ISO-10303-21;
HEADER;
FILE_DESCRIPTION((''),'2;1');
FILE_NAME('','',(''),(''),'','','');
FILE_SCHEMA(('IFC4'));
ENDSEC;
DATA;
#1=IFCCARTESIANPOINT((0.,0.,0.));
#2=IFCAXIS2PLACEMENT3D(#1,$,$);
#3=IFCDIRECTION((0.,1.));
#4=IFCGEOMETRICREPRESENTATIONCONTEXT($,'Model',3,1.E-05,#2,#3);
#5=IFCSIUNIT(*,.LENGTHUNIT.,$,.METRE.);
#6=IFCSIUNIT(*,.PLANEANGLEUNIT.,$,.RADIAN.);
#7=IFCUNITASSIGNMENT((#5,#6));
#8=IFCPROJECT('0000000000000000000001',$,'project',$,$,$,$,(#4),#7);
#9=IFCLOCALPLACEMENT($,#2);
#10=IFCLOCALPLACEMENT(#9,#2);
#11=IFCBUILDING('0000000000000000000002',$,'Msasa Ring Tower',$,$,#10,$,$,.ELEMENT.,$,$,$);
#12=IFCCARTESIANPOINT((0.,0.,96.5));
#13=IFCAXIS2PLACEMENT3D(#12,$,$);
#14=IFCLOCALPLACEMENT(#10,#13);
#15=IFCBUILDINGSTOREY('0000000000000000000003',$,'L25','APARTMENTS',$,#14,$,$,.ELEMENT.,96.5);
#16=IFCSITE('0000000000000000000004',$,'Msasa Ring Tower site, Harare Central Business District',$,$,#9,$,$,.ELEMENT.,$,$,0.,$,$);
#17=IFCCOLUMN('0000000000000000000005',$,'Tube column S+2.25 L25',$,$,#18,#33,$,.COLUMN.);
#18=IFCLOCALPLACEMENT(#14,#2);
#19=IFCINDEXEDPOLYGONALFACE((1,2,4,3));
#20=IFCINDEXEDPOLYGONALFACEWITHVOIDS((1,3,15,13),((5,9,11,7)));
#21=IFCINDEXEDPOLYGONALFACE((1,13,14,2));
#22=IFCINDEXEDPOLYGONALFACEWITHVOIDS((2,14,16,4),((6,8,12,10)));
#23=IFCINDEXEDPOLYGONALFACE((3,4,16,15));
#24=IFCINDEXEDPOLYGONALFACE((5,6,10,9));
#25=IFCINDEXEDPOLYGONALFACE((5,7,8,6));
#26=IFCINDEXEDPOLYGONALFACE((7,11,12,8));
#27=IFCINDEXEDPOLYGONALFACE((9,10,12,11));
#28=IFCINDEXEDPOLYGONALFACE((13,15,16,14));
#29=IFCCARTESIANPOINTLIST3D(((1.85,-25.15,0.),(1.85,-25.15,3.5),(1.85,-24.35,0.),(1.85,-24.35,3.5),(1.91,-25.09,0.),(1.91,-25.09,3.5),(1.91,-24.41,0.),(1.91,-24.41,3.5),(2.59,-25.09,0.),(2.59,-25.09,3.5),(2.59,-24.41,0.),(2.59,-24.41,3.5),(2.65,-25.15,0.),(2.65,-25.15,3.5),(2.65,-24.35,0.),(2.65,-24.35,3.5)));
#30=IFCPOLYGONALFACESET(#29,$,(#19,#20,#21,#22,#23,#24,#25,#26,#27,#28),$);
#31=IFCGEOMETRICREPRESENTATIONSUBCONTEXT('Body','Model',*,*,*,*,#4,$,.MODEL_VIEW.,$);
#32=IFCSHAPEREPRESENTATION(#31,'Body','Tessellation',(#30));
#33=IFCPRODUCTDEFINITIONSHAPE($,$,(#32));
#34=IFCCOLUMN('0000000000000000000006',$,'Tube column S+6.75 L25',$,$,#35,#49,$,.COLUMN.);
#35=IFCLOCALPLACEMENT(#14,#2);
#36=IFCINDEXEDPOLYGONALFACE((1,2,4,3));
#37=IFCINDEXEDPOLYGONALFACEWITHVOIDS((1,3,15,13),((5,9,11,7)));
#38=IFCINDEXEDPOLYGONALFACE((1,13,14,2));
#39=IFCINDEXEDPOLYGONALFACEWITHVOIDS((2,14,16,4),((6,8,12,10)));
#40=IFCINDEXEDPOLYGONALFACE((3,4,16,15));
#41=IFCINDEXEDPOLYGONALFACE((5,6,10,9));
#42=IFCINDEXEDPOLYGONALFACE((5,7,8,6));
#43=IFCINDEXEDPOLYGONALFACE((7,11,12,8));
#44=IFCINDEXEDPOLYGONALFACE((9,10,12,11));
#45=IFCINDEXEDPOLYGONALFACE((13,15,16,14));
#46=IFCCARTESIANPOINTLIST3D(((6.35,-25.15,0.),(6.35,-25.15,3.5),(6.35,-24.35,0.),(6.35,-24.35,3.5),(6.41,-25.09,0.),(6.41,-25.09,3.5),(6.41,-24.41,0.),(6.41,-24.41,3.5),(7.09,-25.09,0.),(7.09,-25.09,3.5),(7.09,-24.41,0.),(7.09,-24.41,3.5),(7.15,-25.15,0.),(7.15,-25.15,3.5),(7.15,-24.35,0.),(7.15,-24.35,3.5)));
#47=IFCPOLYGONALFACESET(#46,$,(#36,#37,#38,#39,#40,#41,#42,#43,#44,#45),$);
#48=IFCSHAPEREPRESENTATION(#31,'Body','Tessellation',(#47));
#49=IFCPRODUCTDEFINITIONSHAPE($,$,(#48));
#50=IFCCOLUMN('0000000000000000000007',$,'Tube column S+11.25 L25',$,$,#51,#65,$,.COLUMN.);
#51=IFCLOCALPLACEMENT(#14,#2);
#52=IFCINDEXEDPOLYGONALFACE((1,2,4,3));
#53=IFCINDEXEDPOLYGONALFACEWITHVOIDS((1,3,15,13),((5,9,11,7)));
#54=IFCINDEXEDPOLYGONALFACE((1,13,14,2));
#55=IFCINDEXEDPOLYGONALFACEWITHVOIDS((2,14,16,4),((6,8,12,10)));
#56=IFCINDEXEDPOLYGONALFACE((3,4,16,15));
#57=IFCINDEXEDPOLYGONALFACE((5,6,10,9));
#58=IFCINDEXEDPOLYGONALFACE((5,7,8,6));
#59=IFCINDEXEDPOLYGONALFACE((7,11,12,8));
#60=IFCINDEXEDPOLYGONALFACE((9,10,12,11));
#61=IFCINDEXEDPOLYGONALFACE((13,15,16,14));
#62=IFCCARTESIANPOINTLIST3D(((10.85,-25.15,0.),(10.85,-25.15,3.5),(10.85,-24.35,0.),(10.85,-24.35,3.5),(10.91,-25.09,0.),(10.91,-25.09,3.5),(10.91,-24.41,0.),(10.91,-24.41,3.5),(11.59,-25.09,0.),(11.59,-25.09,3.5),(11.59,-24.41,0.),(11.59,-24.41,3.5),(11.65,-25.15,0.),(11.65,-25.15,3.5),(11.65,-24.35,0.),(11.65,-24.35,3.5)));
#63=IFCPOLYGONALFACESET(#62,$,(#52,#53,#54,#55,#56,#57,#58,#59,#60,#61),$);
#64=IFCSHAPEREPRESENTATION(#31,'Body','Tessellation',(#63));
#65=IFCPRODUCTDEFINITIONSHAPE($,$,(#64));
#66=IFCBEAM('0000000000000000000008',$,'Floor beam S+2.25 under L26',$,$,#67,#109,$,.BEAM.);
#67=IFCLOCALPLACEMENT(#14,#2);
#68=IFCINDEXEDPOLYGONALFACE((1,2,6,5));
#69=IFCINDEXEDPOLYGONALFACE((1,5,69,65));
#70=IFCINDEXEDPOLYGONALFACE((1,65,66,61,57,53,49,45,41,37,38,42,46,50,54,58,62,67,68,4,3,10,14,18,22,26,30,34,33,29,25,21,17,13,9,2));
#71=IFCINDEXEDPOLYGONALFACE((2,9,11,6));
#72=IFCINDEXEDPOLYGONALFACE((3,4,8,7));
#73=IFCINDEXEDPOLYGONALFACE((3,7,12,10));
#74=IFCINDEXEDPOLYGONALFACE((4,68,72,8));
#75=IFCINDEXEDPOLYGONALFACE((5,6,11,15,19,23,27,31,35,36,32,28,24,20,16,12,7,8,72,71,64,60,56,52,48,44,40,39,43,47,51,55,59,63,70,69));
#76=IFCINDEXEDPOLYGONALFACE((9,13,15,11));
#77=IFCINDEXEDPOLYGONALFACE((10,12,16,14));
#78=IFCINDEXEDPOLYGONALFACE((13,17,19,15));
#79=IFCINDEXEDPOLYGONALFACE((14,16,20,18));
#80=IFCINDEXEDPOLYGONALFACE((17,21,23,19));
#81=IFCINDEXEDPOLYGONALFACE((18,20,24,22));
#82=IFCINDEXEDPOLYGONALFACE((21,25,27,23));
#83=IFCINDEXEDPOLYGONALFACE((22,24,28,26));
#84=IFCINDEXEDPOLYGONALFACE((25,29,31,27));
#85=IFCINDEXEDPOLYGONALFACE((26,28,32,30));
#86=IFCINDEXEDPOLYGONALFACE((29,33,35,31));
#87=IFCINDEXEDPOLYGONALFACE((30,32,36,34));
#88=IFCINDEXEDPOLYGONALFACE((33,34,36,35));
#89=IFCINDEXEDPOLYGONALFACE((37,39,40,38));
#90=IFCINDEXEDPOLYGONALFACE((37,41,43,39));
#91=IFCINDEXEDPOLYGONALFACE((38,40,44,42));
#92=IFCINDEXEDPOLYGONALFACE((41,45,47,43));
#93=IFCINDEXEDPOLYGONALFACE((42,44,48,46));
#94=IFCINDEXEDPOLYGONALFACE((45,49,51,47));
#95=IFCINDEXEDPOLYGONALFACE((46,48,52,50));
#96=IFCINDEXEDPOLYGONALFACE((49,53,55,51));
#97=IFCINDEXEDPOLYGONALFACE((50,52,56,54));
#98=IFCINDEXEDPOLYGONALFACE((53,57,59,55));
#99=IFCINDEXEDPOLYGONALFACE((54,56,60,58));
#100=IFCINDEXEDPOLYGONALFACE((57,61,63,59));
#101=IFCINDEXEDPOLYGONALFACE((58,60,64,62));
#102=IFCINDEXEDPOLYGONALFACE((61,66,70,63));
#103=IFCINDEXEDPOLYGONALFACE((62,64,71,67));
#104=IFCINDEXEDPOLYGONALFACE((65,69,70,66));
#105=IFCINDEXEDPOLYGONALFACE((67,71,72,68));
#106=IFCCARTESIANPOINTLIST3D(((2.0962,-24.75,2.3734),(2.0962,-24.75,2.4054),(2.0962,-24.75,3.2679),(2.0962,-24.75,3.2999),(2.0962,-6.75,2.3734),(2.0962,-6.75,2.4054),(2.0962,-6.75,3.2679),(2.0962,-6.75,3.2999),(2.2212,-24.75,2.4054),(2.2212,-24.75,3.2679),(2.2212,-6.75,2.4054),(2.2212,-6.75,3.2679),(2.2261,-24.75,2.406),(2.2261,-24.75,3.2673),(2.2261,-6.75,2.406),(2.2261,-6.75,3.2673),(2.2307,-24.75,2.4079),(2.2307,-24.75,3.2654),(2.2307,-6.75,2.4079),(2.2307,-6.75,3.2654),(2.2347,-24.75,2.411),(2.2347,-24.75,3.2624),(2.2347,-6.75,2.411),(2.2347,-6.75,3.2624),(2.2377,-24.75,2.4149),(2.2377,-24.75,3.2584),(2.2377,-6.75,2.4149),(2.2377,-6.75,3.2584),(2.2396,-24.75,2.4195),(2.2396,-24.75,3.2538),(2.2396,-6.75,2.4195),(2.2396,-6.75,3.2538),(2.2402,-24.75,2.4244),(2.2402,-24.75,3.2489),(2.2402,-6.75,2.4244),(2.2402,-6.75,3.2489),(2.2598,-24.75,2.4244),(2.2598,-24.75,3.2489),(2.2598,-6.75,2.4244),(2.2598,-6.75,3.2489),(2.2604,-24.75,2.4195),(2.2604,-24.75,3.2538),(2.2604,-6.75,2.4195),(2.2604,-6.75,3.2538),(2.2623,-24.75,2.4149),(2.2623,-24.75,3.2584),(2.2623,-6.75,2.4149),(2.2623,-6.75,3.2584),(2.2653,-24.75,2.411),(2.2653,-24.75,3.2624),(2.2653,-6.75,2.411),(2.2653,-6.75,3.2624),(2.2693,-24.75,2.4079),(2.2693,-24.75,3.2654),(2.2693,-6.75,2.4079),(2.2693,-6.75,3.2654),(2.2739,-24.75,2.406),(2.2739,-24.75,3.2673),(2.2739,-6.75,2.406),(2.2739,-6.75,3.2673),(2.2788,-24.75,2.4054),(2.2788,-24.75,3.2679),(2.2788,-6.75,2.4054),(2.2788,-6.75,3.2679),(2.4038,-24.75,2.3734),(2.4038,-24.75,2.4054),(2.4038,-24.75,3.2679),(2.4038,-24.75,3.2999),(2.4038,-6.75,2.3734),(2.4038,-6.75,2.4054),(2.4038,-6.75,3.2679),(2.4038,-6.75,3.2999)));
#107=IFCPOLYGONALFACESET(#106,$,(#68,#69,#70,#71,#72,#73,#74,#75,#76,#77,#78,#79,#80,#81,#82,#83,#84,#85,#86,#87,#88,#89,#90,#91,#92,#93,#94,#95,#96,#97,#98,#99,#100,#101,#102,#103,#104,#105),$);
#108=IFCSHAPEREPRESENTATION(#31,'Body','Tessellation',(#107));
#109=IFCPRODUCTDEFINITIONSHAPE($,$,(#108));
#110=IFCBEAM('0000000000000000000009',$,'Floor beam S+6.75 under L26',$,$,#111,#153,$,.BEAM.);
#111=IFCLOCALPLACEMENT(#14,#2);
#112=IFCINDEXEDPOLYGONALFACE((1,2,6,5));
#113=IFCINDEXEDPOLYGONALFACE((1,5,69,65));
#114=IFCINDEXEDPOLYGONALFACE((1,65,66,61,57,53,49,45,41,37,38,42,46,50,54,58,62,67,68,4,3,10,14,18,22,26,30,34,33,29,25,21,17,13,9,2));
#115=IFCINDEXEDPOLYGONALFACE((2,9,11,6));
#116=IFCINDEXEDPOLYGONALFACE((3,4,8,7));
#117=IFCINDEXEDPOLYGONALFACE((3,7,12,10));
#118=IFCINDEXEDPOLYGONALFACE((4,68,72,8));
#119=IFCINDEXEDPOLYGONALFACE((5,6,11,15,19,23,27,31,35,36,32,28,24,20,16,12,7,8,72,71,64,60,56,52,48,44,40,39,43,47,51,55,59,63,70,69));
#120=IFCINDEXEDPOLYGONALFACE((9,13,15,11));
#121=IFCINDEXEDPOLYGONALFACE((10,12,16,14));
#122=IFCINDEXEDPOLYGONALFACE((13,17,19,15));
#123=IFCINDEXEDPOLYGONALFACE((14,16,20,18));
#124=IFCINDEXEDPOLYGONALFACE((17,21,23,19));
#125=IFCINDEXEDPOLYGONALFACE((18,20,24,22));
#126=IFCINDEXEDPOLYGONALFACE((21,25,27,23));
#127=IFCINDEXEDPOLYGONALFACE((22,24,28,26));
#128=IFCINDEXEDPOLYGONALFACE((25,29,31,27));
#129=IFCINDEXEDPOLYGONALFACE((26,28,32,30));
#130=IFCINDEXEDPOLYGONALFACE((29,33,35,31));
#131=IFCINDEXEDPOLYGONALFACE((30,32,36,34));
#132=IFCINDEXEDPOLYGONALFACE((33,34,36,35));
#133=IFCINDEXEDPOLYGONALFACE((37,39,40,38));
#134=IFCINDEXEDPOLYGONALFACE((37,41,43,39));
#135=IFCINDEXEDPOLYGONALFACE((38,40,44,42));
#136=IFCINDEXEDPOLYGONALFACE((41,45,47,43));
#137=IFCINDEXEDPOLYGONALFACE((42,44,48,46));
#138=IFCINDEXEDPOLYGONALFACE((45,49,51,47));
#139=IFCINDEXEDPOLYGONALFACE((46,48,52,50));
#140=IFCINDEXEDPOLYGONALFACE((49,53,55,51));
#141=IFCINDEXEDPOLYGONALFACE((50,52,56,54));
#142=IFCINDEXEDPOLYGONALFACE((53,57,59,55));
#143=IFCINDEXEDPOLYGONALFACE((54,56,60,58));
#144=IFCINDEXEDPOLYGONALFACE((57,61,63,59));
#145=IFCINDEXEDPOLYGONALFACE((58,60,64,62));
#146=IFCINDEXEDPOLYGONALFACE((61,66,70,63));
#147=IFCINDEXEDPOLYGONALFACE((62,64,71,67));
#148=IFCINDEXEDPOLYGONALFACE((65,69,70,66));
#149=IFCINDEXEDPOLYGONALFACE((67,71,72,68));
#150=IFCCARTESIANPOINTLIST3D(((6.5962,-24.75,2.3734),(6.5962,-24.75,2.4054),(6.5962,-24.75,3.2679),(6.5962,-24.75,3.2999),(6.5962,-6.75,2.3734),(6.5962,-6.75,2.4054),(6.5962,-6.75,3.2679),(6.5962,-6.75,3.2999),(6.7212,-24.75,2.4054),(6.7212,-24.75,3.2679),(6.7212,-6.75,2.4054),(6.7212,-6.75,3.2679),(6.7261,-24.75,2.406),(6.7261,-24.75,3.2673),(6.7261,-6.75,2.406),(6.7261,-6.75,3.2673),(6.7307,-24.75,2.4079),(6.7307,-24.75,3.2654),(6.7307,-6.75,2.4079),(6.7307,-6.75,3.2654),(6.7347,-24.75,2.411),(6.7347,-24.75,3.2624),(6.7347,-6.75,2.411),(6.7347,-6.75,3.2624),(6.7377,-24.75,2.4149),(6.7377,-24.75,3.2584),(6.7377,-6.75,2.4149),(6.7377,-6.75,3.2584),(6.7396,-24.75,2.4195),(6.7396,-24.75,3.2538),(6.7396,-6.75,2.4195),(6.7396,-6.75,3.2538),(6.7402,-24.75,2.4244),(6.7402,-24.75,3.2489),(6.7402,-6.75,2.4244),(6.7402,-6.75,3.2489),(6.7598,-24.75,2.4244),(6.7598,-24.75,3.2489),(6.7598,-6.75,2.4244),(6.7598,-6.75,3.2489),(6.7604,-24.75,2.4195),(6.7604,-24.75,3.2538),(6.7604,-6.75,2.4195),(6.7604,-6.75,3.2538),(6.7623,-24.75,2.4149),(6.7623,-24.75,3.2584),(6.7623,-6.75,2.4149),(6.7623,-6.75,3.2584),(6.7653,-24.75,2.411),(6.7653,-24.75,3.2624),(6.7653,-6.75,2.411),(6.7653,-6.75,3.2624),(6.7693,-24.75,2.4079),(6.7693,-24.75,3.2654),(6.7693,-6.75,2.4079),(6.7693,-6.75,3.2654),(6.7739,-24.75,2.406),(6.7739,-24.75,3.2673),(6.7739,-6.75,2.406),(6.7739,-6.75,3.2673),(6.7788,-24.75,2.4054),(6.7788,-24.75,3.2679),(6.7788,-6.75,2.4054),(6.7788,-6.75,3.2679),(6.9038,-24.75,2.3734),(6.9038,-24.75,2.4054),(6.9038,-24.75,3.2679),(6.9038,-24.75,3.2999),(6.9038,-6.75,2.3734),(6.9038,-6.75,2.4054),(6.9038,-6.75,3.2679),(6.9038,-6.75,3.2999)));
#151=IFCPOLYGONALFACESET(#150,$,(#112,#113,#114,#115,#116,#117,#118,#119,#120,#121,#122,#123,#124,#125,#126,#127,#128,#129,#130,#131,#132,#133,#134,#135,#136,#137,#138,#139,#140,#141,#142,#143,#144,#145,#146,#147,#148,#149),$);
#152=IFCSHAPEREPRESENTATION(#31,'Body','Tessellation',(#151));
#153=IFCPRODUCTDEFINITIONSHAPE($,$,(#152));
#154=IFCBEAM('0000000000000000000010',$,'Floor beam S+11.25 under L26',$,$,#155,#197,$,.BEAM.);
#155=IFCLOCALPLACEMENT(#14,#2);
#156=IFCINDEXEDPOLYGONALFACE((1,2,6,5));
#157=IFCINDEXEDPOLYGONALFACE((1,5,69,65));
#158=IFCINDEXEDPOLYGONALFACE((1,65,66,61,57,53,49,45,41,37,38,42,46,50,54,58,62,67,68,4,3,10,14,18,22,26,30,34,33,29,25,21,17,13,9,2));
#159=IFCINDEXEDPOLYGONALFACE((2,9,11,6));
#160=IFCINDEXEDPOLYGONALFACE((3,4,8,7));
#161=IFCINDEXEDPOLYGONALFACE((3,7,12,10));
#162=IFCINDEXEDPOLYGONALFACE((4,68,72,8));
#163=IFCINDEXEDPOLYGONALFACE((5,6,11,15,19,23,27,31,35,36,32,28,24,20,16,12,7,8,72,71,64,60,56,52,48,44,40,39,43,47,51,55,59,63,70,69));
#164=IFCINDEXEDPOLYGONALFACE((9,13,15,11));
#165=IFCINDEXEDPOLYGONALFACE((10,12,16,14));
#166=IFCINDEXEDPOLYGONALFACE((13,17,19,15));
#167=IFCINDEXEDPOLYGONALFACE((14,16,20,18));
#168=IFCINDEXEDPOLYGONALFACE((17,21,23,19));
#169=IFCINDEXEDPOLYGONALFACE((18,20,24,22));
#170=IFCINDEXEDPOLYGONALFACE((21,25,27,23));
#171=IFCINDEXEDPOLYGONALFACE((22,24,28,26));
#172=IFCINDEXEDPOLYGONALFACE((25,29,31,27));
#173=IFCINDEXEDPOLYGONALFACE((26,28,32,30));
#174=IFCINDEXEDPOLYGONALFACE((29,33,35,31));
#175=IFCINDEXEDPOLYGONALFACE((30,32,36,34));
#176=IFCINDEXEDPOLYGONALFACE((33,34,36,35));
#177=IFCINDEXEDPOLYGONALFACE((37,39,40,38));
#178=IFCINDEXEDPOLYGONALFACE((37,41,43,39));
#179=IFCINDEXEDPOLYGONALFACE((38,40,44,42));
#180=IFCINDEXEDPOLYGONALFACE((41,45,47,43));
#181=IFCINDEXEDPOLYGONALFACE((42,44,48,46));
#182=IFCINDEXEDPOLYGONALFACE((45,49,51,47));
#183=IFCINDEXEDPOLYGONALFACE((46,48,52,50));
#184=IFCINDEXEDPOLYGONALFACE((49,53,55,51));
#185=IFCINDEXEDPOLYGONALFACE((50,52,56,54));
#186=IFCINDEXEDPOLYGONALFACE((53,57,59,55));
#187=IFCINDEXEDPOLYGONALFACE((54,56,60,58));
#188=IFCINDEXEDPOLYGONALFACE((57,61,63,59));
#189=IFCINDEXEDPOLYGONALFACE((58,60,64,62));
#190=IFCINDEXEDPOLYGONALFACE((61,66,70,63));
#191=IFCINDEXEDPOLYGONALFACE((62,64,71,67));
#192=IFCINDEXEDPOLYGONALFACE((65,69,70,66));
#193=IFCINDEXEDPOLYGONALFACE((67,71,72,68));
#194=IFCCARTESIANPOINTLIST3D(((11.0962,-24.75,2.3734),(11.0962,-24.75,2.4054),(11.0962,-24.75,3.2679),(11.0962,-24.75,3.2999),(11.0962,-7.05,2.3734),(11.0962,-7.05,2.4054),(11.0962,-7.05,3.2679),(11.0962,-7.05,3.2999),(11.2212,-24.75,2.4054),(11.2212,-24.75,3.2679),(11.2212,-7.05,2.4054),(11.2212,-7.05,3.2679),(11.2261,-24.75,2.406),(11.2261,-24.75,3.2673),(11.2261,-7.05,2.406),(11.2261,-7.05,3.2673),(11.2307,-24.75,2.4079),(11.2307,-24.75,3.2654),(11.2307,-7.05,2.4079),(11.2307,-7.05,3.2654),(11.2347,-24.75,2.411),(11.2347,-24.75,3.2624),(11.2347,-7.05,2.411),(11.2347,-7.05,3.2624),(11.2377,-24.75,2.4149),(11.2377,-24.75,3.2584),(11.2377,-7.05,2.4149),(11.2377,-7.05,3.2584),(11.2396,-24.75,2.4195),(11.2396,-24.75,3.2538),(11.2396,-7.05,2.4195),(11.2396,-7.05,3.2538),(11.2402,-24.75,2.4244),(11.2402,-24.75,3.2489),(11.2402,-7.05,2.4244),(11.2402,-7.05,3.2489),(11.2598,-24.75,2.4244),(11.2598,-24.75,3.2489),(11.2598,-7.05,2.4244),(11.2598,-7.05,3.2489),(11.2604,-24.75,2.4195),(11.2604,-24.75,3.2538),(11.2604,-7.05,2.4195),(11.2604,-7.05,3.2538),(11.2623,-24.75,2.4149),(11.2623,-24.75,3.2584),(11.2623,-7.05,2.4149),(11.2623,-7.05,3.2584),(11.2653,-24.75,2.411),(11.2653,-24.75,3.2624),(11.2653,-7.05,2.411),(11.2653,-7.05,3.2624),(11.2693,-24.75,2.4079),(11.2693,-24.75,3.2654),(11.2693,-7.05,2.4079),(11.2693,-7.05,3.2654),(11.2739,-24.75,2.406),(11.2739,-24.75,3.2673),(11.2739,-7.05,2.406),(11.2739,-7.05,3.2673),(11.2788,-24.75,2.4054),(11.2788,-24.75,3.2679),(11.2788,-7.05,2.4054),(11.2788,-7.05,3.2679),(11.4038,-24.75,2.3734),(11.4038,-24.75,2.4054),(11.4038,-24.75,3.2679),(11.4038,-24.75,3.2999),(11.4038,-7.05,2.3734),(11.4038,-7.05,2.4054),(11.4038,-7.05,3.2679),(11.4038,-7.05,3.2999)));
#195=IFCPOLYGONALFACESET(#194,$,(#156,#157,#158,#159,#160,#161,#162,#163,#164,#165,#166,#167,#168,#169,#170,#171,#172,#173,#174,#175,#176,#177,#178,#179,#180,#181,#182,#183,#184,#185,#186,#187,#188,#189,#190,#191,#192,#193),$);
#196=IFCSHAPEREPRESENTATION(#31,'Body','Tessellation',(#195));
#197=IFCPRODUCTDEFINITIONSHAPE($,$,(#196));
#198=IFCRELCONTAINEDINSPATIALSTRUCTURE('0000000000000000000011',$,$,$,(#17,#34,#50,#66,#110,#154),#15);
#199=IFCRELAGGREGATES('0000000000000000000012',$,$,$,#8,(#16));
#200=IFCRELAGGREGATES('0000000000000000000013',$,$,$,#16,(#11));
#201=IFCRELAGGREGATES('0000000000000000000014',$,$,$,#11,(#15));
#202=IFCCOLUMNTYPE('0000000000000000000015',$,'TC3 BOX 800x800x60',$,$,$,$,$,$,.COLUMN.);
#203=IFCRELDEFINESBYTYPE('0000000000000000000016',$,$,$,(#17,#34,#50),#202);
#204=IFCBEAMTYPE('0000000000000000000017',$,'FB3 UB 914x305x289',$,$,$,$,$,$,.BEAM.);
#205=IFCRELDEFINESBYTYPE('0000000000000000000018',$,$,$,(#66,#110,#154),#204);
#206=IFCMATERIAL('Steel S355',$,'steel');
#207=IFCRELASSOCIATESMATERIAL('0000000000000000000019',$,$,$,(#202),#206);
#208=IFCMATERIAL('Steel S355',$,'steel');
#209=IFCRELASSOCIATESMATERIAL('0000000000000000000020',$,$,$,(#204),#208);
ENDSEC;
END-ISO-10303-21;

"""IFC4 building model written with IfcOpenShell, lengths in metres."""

from ifc_helpers import new_model, si_unit, direction, frame, origin, origin_2d, place, context, subcontext, project, spatial, hollow_rectangle, i_section, extrude, material, material_profile, profile_set, type_object, element, save


model = new_model("IFC4")

# Units and contexts
model_context = context("Model", 3, precision=1e-05, world=origin(), true_north=direction((0.0, 1.0)))
body_context = subcontext(model_context, "Body", "Model", "MODEL_VIEW")
ifc_project = project(units=[si_unit("LENGTHUNIT", "METRE"), si_unit("PLANEANGLEUNIT", "RADIAN")], contexts=[model_context])

# Site, building, storey
site_placement = place(None, origin())
site = spatial("IfcSite", under=ifc_project, at=site_placement, Name="Msasa Ring Tower site, Harare Central Business District", CompositionType="ELEMENT", RefElevation=0.0)
building_placement = place(site_placement, origin())
building = spatial("IfcBuilding", under=site, at=building_placement, Name="Msasa Ring Tower", CompositionType="ELEMENT")
storey_placement = place(building_placement, frame((0.0, 0.0, 96.5)))
storey = spatial("IfcBuildingStorey", under=building, at=storey_placement, Name="L25", Description="APARTMENTS", CompositionType="ELEMENT", Elevation=96.5)

# Columns
ifc_material_1 = material(Name="Steel S355", Category="steel")
ifc_material_profile_1 = material_profile(ifc_material_1, hollow_rectangle(XDim=0.8, YDim=0.8, WallThickness=0.0601, at=origin_2d()), Name="BOX 800x800x60")
ifc_profile_set_1 = profile_set([ifc_material_profile_1], Name="Steel S355")
column_type = type_object("IfcColumnType", Name="TC3 BOX 800x800x60", PredefinedType="COLUMN", material=ifc_profile_set_1)
for number, where, z_axis, x_axis, name in (
    (1, (2.25, -24.75, 0.0), (0.0, 0.0, 1.0), (0.0, 1.0, 0.0), "Tube column S+2.25 L25"),
    (2, (6.75, -24.75, 0.0), (0.0, 0.0, 1.0), (0.0, 1.0, 0.0), "Tube column S+6.75 L25"),
    (3, (11.25, -24.75, 0.0), (0.0, 0.0, 1.0), (0.0, 1.0, 0.0), "Tube column S+11.25 L25"),
):
    element("IfcColumn", number, at=place(storey_placement, frame(where, z_axis=z_axis, x_axis=x_axis)), inside=storey, type_object=column_type, Name=name, PredefinedType="COLUMN", context=body_context, shape_type="SweptSolid", body=[
        extrude(hollow_rectangle(XDim=0.8, YDim=0.8, WallThickness=0.0601, at=origin_2d()), origin(), (0.0, 0.0, 1.0), 3.5),
    ])

# Beams
ifc_material_2 = material(Name="Steel S355", Category="steel")
ifc_material_profile_2 = material_profile(ifc_material_2, i_section(OverallWidth=0.3076, OverallDepth=0.9265, WebThickness=0.0195, FlangeThickness=0.032, FilletRadius=0.019, at=origin_2d()), Name="UB 914x305x289")
ifc_profile_set_2 = profile_set([ifc_material_profile_2], Name="Steel S355")
beam_type_1 = type_object("IfcBeamType", Name="FB3 UB 914x305x289", PredefinedType="BEAM", material=ifc_profile_set_2)
for number, where, z_axis, x_axis, name in (
    (4, (2.25, -24.75, 2.8367), (0.0, 1.0, 0.0), (-1.0, 0.0, 0.0), "Floor beam S+2.25 under L26"),
    (5, (6.75, -24.75, 2.8367), (0.0, 1.0, 0.0), (-1.0, 0.0, 0.0), "Floor beam S+6.75 under L26"),
):
    element("IfcBeam", number, at=place(storey_placement, frame(where, z_axis=z_axis, x_axis=x_axis)), inside=storey, type_object=beam_type_1, Name=name, PredefinedType="BEAM", context=body_context, shape_type="SweptSolid", body=[
        extrude(i_section(OverallWidth=0.3076, OverallDepth=0.9265, WebThickness=0.0195, FlangeThickness=0.032, FilletRadius=0.019, at=origin_2d()), origin(), (0.0, 0.0, 1.0), 18.0),
    ])
beam_placement = place(storey_placement, frame((11.25, -24.75, 2.8367), z_axis=(0.0, 1.0, 0.0), x_axis=(-1.0, 0.0, 0.0)))
element("IfcBeam", 6, at=beam_placement, inside=storey, type_object=beam_type_1, Name="Floor beam S+11.25 under L26", PredefinedType="BEAM", context=body_context, shape_type="SweptSolid", body=[
    extrude(i_section(OverallWidth=0.3076, OverallDepth=0.9265, WebThickness=0.0195, FlangeThickness=0.032, FilletRadius=0.019, at=origin_2d()), origin(), (0.0, 0.0, 1.0), 17.7),
])

save(model, "model.ifc")
